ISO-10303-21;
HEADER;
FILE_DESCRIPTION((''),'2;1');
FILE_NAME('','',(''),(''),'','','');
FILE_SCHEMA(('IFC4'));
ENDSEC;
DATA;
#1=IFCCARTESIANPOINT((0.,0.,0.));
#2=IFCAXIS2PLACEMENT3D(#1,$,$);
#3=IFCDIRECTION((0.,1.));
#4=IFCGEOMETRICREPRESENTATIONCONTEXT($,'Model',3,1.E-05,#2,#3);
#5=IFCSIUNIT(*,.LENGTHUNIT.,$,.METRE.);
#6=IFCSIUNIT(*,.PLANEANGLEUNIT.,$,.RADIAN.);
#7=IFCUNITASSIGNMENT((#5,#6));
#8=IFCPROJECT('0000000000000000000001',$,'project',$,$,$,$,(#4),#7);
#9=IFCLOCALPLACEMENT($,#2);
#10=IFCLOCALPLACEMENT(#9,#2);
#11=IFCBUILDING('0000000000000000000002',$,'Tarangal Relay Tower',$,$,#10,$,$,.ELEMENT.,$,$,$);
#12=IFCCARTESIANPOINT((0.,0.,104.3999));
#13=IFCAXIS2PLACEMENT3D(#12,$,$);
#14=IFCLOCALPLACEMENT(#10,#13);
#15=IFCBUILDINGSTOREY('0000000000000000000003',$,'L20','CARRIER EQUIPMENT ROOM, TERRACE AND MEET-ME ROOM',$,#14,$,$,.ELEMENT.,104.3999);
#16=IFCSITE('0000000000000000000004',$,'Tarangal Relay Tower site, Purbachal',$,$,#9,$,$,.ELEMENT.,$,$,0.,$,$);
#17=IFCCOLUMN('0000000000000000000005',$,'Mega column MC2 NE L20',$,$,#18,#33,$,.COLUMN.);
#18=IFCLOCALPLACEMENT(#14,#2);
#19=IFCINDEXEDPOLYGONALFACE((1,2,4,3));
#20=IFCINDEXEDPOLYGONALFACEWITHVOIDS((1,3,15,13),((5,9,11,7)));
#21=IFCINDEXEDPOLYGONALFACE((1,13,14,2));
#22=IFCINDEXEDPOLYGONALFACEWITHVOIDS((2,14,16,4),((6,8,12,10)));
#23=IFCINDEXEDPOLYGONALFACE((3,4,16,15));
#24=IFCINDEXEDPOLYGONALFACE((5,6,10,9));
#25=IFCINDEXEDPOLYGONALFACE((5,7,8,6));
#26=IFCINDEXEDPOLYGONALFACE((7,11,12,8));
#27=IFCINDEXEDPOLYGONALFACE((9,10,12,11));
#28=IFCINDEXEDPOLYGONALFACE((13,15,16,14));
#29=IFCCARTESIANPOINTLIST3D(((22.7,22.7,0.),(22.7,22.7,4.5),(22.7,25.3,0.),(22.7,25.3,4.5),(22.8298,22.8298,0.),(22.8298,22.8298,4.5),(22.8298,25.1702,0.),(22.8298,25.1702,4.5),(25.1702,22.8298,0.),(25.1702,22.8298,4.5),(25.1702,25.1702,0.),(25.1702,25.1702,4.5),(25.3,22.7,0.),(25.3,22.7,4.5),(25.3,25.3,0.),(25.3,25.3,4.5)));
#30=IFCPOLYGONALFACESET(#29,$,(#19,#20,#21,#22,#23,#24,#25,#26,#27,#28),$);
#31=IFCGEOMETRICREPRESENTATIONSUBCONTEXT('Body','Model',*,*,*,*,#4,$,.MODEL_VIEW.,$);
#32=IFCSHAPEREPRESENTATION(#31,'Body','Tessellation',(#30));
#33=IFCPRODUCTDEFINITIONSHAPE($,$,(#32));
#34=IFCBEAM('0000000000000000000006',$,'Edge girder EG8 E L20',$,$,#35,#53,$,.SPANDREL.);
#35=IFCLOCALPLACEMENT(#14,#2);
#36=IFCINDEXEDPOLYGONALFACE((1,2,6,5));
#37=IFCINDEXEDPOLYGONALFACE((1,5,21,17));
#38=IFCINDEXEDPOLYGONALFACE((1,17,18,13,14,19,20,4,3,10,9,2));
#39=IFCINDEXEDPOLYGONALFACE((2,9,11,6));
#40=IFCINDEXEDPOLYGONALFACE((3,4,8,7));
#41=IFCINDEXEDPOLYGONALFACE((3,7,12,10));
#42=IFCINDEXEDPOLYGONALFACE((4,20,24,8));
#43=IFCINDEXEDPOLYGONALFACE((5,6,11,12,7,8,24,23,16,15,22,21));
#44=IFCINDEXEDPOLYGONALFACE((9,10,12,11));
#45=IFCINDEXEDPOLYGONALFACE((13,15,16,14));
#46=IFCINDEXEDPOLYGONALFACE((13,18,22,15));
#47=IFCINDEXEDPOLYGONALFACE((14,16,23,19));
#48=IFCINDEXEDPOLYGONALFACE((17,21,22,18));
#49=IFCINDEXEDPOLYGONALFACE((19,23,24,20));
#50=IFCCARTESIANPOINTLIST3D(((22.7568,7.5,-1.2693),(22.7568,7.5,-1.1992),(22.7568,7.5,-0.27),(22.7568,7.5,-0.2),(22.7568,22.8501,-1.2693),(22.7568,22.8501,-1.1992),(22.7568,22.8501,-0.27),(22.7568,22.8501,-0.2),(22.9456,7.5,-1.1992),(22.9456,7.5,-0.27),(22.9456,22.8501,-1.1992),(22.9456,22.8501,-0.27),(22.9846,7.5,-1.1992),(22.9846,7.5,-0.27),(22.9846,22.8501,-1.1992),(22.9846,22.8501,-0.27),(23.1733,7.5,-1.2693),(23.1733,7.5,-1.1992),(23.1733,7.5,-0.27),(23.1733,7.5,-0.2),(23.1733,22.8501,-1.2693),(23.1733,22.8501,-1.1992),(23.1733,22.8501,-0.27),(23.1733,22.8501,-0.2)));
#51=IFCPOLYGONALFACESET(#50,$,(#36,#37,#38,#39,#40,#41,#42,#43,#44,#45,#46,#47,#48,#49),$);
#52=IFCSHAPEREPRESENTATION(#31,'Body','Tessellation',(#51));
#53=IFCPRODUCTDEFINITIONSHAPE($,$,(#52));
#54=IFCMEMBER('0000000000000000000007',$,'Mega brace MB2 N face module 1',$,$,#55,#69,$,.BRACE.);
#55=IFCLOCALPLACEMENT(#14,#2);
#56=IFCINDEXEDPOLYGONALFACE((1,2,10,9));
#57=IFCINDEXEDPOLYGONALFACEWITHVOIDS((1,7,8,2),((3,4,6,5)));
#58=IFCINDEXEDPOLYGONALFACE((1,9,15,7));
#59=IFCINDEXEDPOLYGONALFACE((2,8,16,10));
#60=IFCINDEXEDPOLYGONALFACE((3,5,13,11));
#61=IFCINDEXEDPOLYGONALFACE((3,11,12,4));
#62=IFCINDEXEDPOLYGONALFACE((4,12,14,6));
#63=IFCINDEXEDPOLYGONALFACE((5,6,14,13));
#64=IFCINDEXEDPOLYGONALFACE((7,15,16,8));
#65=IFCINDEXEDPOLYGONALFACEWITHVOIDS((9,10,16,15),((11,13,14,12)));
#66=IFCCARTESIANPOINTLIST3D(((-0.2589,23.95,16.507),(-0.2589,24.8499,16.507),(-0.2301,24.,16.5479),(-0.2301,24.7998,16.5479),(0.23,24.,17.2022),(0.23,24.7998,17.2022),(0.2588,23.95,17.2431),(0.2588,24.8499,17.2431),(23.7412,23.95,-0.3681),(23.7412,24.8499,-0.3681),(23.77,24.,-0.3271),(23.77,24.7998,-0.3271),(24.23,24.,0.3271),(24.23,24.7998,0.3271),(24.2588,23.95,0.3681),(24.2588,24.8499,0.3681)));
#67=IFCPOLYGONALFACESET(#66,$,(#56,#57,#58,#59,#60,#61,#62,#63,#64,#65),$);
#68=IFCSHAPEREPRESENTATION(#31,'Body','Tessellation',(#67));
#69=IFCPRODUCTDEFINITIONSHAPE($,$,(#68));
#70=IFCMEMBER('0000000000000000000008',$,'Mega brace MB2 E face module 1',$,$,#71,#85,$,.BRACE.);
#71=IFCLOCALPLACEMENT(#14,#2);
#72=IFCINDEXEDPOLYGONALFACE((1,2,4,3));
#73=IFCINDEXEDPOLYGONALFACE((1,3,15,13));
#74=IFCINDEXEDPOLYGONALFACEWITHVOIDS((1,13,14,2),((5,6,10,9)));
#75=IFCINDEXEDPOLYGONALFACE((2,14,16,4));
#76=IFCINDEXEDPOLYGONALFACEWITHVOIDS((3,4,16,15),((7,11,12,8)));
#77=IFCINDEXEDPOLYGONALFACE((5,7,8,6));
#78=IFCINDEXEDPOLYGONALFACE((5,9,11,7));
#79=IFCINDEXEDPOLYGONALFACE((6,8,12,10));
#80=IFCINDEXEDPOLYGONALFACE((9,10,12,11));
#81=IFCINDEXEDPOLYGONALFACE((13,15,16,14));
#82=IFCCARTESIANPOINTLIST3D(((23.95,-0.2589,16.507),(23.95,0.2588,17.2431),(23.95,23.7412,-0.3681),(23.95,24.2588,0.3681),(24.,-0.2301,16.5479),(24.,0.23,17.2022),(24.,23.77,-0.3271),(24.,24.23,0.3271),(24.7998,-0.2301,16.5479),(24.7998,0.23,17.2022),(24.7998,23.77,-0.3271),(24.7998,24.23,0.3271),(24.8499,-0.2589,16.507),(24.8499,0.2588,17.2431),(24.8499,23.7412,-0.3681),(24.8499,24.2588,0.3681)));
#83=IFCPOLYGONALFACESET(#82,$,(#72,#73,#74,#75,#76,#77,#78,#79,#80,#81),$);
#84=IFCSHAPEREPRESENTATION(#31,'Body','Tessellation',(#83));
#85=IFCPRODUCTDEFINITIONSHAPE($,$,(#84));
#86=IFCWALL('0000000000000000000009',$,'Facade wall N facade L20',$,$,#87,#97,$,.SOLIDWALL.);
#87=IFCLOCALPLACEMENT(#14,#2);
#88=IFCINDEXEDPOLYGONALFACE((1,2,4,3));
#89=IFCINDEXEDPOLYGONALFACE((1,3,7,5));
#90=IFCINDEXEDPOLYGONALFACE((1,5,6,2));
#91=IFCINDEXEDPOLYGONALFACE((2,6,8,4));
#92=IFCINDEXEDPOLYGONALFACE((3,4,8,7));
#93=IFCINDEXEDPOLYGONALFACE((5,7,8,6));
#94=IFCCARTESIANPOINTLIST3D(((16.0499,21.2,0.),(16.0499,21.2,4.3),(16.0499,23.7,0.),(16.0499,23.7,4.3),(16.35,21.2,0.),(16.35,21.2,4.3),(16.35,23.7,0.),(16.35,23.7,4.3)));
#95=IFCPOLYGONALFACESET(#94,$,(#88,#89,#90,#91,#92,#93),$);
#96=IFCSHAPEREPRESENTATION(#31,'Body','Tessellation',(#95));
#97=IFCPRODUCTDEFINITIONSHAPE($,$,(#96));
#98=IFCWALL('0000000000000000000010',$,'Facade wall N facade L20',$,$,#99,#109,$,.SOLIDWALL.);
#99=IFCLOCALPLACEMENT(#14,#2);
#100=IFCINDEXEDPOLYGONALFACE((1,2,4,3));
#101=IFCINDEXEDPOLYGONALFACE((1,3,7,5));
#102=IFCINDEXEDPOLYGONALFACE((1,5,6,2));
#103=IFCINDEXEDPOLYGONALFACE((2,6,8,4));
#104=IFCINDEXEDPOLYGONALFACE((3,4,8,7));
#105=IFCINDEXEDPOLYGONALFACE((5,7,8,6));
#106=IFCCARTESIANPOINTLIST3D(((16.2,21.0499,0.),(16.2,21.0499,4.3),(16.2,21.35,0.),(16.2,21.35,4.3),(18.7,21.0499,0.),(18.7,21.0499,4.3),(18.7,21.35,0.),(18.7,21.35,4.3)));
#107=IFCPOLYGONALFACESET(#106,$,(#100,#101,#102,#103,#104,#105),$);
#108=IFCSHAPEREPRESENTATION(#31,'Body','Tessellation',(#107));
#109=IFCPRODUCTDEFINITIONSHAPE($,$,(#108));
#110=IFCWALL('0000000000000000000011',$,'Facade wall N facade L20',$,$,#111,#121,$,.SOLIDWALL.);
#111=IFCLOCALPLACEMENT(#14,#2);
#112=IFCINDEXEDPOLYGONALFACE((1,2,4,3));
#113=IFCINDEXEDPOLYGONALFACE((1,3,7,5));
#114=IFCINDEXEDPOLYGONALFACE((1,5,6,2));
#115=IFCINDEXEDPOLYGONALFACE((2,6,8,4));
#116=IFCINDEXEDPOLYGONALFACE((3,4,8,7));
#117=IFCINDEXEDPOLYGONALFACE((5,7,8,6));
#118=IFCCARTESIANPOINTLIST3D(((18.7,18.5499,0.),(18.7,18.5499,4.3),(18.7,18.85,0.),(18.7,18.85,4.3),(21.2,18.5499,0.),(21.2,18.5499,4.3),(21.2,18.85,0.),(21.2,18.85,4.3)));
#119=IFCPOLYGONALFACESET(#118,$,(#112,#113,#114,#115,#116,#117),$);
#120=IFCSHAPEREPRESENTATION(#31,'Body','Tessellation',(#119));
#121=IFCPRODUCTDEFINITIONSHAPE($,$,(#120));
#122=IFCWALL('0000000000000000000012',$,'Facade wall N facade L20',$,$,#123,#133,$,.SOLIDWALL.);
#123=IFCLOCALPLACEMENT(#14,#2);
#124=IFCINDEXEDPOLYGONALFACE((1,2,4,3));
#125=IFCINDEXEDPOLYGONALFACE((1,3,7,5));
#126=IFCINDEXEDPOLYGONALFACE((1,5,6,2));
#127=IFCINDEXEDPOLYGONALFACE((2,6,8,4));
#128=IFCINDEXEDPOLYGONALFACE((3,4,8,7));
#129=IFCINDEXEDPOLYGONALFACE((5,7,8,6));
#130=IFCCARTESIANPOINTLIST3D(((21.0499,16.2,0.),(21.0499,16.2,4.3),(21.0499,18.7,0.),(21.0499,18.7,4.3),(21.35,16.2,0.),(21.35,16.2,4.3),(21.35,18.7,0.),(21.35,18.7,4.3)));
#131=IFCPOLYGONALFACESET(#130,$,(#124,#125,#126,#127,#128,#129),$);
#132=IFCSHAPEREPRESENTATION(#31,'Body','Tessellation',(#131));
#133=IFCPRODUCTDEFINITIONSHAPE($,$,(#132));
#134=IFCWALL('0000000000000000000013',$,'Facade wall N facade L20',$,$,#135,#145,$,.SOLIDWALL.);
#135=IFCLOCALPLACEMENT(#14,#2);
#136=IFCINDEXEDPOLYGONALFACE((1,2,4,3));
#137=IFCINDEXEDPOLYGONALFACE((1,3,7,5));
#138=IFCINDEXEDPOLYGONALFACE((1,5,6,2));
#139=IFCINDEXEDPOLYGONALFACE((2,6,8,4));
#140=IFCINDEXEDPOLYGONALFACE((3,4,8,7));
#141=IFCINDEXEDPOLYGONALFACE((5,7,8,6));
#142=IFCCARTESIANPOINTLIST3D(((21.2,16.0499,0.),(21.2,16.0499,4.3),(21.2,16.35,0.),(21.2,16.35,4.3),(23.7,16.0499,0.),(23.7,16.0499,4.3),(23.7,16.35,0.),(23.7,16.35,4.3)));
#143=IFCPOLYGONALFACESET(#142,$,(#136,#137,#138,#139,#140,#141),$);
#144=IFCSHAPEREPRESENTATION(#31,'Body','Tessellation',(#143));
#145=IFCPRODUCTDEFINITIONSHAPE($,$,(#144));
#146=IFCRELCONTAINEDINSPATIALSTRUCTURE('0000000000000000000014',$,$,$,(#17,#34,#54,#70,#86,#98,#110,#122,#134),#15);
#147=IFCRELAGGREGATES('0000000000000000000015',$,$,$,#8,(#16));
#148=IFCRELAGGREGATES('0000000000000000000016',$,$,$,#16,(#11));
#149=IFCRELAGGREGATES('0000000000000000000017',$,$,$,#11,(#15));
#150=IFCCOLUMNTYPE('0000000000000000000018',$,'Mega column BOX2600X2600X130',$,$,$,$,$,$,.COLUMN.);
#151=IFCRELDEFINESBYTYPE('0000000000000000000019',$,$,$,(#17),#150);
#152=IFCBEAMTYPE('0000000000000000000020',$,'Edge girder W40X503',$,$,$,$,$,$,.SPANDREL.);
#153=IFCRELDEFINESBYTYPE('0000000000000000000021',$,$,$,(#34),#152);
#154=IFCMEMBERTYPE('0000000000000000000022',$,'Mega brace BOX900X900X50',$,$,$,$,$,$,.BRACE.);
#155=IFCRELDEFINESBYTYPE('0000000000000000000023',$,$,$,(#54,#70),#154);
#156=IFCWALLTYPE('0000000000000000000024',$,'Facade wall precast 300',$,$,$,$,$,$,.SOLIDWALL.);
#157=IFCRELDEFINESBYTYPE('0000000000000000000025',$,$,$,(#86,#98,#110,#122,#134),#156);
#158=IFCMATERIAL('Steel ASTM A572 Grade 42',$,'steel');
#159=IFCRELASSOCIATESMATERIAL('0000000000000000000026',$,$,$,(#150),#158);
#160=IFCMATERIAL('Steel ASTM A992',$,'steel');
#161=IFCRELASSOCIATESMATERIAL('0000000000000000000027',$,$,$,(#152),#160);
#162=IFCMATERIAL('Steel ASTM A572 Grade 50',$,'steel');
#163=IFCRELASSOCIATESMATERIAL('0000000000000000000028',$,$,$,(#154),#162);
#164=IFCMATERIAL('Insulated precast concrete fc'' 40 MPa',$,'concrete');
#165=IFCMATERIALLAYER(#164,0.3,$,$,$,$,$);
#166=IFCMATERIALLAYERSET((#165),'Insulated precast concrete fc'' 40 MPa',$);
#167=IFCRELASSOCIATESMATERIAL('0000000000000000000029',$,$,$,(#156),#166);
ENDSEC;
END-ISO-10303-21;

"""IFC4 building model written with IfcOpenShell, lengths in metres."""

from ifc_helpers import new_model, si_unit, direction, frame, frame_2d, origin, origin_2d, place, context, subcontext, project, spatial, rectangle, hollow_rectangle, i_section, extrude, material, layer, layer_set, material_profile, profile_set, type_object, element, save


model = new_model("IFC4")

# Units and contexts
model_context = context("Model", 3, precision=1e-05, world=origin(), true_north=direction((0.0, 1.0)))
body_context = subcontext(model_context, "Body", "Model", "MODEL_VIEW")
ifc_project = project(units=[si_unit("LENGTHUNIT", "METRE"), si_unit("PLANEANGLEUNIT", "RADIAN")], contexts=[model_context])

# Site, building, storey
site_placement = place(None, origin())
site = spatial("IfcSite", under=ifc_project, at=site_placement, Name="Tarangal Relay Tower site, Purbachal", CompositionType="ELEMENT", RefElevation=0.0)
building_placement = place(site_placement, origin())
building = spatial("IfcBuilding", under=site, at=building_placement, Name="Tarangal Relay Tower", CompositionType="ELEMENT")
storey_placement = place(building_placement, frame((0.0, 0.0, 104.3999)))
storey = spatial("IfcBuildingStorey", under=building, at=storey_placement, Name="L20", Description="CARRIER EQUIPMENT ROOM, TERRACE AND MEET-ME ROOM", CompositionType="ELEMENT", Elevation=104.3999)

# Column
ifc_material_1 = material(Name="Steel ASTM A572 Grade 42", Category="steel")
ifc_material_profile_1 = material_profile(ifc_material_1, hollow_rectangle(XDim=2.6001, YDim=2.6001, WallThickness=0.1299, at=origin_2d()), Name="BOX2600X2600X130")
ifc_profile_set_1 = profile_set([ifc_material_profile_1], Name="Steel ASTM A572 Grade 42")
column_type = type_object("IfcColumnType", Name="Mega column BOX2600X2600X130", PredefinedType="COLUMN", material=ifc_profile_set_1)
column_placement = place(storey_placement, frame((24.0, 24.0, 0.0), z_axis=(0.0, 0.0, 1.0), x_axis=(1.0, 0.0, 0.0)))
element("IfcColumn", 1, at=column_placement, inside=storey, type_object=column_type, Name="Mega column MC2 NE L20", PredefinedType="COLUMN", context=body_context, shape_type="SweptSolid", body=[
    extrude(hollow_rectangle(XDim=2.6001, YDim=2.6001, WallThickness=0.1299, at=origin_2d()), origin(), (0.0, 0.0, 1.0), 4.5),
])

# Beam
ifc_material_2 = material(Name="Steel ASTM A992", Category="steel")
ifc_material_profile_2 = material_profile(ifc_material_2, i_section(OverallWidth=0.4165, OverallDepth=1.0693, WebThickness=0.0391, FlangeThickness=0.0701, at=origin_2d()), Name="W40X503")
ifc_profile_set_2 = profile_set([ifc_material_profile_2], Name="Steel ASTM A992")
beam_type = type_object("IfcBeamType", Name="Edge girder W40X503", PredefinedType="SPANDREL", material=ifc_profile_set_2)
beam_placement = place(storey_placement, frame((22.9651, 22.8501, -0.7346), z_axis=(0.0, -1.0, 0.0), x_axis=(1.0, 0.0, 0.0)))
element("IfcBeam", 2, at=beam_placement, inside=storey, type_object=beam_type, Name="Edge girder EG8 E L20", PredefinedType="SPANDREL", context=body_context, shape_type="SweptSolid", body=[
    extrude(i_section(OverallWidth=0.4165, OverallDepth=1.0693, WebThickness=0.0391, FlangeThickness=0.0701, at=origin_2d()), origin(), (0.0, 0.0, 1.0), 15.3501),
])

# Members
ifc_material_3 = material(Name="Steel ASTM A572 Grade 50", Category="steel")
ifc_material_profile_3 = material_profile(ifc_material_3, hollow_rectangle(XDim=0.8999, YDim=0.8999, WallThickness=0.05, at=origin_2d()), Name="BOX900X900X50")
ifc_profile_set_3 = profile_set([ifc_material_profile_3], Name="Steel ASTM A572 Grade 50")
member_type = type_object("IfcMemberType", Name="Mega brace BOX900X900X50", PredefinedType="BRACE", material=ifc_profile_set_3)
for number, where, z_axis, x_axis, name in (
    (3, (24.0, 24.3999, 0.0), (-0.818029, 0.0, 0.575177), (0.0, -1.0, 0.0), "Mega brace MB2 N face module 1"),
    (4, (24.3999, 24.0, 0.0), (0.0, -0.818029, 0.575177), (1.0, 0.0, 0.0), "Mega brace MB2 E face module 1"),
):
    element("IfcMember", number, at=place(storey_placement, frame(where, z_axis=z_axis, x_axis=x_axis)), inside=storey, type_object=member_type, Name=name, PredefinedType="BRACE", context=body_context, shape_type="SweptSolid", body=[
        extrude(hollow_rectangle(XDim=0.8999, YDim=0.8999, WallThickness=0.05, at=origin_2d()), origin(), (0.0, 0.0, 1.0), 29.3389),
    ])

# Walls
ifc_material_4 = material(Name="Insulated precast concrete fc' 40 MPa", Category="concrete")
ifc_layer_1 = layer(ifc_material_4, 0.3)
ifc_layer_set_1 = layer_set([ifc_layer_1], Name="Insulated precast concrete fc' 40 MPa")
wall_type_1 = type_object("IfcWallType", Name="Facade wall precast 300", PredefinedType="SOLIDWALL", material=ifc_layer_set_1)
for number, where, z_axis, x_axis, name in (
    (5, (16.2, 23.7, 0.0), (0.0, 0.0, 1.0), (0.0, -1.0, 0.0), "Facade wall N facade L20"),
    (6, (16.2, 21.2, 0.0), (0.0, 0.0, 1.0), (1.0, 0.0, 0.0), "Facade wall N facade L20"),
):
    element("IfcWall", number, at=place(storey_placement, frame(where, z_axis=z_axis, x_axis=x_axis)), inside=storey, type_object=wall_type_1, Name=name, PredefinedType="SOLIDWALL", context=body_context, shape_type="SweptSolid", body=[
        extrude(rectangle(XDim=2.5, YDim=0.3, at=frame_2d((1.25, 0.0))), origin(), (0.0, 0.0, 1.0), 4.3),
    ])

# Walls
for number, where, z_axis, x_axis, name in (
    (7, (18.7, 18.7, 0.0), (0.0, 0.0, 1.0), (1.0, 0.0, 0.0), "Facade wall N facade L20"),
    (8, (21.2, 18.7, 0.0), (0.0, 0.0, 1.0), (0.0, -1.0, 0.0), "Facade wall N facade L20"),
    (9, (21.2, 16.2, 0.0), (0.0, 0.0, 1.0), (1.0, 0.0, 0.0), "Facade wall N facade L20"),
):
    element("IfcWall", number, at=place(storey_placement, frame(where, z_axis=z_axis, x_axis=x_axis)), inside=storey, type_object=wall_type_1, Name=name, PredefinedType="SOLIDWALL", context=body_context, shape_type="SweptSolid", body=[
        extrude(rectangle(XDim=2.5, YDim=0.3, at=frame_2d((1.25, 0.0))), origin(), (0.0, 0.0, 1.0), 4.3),
    ])

save(model, "model.ifc")
